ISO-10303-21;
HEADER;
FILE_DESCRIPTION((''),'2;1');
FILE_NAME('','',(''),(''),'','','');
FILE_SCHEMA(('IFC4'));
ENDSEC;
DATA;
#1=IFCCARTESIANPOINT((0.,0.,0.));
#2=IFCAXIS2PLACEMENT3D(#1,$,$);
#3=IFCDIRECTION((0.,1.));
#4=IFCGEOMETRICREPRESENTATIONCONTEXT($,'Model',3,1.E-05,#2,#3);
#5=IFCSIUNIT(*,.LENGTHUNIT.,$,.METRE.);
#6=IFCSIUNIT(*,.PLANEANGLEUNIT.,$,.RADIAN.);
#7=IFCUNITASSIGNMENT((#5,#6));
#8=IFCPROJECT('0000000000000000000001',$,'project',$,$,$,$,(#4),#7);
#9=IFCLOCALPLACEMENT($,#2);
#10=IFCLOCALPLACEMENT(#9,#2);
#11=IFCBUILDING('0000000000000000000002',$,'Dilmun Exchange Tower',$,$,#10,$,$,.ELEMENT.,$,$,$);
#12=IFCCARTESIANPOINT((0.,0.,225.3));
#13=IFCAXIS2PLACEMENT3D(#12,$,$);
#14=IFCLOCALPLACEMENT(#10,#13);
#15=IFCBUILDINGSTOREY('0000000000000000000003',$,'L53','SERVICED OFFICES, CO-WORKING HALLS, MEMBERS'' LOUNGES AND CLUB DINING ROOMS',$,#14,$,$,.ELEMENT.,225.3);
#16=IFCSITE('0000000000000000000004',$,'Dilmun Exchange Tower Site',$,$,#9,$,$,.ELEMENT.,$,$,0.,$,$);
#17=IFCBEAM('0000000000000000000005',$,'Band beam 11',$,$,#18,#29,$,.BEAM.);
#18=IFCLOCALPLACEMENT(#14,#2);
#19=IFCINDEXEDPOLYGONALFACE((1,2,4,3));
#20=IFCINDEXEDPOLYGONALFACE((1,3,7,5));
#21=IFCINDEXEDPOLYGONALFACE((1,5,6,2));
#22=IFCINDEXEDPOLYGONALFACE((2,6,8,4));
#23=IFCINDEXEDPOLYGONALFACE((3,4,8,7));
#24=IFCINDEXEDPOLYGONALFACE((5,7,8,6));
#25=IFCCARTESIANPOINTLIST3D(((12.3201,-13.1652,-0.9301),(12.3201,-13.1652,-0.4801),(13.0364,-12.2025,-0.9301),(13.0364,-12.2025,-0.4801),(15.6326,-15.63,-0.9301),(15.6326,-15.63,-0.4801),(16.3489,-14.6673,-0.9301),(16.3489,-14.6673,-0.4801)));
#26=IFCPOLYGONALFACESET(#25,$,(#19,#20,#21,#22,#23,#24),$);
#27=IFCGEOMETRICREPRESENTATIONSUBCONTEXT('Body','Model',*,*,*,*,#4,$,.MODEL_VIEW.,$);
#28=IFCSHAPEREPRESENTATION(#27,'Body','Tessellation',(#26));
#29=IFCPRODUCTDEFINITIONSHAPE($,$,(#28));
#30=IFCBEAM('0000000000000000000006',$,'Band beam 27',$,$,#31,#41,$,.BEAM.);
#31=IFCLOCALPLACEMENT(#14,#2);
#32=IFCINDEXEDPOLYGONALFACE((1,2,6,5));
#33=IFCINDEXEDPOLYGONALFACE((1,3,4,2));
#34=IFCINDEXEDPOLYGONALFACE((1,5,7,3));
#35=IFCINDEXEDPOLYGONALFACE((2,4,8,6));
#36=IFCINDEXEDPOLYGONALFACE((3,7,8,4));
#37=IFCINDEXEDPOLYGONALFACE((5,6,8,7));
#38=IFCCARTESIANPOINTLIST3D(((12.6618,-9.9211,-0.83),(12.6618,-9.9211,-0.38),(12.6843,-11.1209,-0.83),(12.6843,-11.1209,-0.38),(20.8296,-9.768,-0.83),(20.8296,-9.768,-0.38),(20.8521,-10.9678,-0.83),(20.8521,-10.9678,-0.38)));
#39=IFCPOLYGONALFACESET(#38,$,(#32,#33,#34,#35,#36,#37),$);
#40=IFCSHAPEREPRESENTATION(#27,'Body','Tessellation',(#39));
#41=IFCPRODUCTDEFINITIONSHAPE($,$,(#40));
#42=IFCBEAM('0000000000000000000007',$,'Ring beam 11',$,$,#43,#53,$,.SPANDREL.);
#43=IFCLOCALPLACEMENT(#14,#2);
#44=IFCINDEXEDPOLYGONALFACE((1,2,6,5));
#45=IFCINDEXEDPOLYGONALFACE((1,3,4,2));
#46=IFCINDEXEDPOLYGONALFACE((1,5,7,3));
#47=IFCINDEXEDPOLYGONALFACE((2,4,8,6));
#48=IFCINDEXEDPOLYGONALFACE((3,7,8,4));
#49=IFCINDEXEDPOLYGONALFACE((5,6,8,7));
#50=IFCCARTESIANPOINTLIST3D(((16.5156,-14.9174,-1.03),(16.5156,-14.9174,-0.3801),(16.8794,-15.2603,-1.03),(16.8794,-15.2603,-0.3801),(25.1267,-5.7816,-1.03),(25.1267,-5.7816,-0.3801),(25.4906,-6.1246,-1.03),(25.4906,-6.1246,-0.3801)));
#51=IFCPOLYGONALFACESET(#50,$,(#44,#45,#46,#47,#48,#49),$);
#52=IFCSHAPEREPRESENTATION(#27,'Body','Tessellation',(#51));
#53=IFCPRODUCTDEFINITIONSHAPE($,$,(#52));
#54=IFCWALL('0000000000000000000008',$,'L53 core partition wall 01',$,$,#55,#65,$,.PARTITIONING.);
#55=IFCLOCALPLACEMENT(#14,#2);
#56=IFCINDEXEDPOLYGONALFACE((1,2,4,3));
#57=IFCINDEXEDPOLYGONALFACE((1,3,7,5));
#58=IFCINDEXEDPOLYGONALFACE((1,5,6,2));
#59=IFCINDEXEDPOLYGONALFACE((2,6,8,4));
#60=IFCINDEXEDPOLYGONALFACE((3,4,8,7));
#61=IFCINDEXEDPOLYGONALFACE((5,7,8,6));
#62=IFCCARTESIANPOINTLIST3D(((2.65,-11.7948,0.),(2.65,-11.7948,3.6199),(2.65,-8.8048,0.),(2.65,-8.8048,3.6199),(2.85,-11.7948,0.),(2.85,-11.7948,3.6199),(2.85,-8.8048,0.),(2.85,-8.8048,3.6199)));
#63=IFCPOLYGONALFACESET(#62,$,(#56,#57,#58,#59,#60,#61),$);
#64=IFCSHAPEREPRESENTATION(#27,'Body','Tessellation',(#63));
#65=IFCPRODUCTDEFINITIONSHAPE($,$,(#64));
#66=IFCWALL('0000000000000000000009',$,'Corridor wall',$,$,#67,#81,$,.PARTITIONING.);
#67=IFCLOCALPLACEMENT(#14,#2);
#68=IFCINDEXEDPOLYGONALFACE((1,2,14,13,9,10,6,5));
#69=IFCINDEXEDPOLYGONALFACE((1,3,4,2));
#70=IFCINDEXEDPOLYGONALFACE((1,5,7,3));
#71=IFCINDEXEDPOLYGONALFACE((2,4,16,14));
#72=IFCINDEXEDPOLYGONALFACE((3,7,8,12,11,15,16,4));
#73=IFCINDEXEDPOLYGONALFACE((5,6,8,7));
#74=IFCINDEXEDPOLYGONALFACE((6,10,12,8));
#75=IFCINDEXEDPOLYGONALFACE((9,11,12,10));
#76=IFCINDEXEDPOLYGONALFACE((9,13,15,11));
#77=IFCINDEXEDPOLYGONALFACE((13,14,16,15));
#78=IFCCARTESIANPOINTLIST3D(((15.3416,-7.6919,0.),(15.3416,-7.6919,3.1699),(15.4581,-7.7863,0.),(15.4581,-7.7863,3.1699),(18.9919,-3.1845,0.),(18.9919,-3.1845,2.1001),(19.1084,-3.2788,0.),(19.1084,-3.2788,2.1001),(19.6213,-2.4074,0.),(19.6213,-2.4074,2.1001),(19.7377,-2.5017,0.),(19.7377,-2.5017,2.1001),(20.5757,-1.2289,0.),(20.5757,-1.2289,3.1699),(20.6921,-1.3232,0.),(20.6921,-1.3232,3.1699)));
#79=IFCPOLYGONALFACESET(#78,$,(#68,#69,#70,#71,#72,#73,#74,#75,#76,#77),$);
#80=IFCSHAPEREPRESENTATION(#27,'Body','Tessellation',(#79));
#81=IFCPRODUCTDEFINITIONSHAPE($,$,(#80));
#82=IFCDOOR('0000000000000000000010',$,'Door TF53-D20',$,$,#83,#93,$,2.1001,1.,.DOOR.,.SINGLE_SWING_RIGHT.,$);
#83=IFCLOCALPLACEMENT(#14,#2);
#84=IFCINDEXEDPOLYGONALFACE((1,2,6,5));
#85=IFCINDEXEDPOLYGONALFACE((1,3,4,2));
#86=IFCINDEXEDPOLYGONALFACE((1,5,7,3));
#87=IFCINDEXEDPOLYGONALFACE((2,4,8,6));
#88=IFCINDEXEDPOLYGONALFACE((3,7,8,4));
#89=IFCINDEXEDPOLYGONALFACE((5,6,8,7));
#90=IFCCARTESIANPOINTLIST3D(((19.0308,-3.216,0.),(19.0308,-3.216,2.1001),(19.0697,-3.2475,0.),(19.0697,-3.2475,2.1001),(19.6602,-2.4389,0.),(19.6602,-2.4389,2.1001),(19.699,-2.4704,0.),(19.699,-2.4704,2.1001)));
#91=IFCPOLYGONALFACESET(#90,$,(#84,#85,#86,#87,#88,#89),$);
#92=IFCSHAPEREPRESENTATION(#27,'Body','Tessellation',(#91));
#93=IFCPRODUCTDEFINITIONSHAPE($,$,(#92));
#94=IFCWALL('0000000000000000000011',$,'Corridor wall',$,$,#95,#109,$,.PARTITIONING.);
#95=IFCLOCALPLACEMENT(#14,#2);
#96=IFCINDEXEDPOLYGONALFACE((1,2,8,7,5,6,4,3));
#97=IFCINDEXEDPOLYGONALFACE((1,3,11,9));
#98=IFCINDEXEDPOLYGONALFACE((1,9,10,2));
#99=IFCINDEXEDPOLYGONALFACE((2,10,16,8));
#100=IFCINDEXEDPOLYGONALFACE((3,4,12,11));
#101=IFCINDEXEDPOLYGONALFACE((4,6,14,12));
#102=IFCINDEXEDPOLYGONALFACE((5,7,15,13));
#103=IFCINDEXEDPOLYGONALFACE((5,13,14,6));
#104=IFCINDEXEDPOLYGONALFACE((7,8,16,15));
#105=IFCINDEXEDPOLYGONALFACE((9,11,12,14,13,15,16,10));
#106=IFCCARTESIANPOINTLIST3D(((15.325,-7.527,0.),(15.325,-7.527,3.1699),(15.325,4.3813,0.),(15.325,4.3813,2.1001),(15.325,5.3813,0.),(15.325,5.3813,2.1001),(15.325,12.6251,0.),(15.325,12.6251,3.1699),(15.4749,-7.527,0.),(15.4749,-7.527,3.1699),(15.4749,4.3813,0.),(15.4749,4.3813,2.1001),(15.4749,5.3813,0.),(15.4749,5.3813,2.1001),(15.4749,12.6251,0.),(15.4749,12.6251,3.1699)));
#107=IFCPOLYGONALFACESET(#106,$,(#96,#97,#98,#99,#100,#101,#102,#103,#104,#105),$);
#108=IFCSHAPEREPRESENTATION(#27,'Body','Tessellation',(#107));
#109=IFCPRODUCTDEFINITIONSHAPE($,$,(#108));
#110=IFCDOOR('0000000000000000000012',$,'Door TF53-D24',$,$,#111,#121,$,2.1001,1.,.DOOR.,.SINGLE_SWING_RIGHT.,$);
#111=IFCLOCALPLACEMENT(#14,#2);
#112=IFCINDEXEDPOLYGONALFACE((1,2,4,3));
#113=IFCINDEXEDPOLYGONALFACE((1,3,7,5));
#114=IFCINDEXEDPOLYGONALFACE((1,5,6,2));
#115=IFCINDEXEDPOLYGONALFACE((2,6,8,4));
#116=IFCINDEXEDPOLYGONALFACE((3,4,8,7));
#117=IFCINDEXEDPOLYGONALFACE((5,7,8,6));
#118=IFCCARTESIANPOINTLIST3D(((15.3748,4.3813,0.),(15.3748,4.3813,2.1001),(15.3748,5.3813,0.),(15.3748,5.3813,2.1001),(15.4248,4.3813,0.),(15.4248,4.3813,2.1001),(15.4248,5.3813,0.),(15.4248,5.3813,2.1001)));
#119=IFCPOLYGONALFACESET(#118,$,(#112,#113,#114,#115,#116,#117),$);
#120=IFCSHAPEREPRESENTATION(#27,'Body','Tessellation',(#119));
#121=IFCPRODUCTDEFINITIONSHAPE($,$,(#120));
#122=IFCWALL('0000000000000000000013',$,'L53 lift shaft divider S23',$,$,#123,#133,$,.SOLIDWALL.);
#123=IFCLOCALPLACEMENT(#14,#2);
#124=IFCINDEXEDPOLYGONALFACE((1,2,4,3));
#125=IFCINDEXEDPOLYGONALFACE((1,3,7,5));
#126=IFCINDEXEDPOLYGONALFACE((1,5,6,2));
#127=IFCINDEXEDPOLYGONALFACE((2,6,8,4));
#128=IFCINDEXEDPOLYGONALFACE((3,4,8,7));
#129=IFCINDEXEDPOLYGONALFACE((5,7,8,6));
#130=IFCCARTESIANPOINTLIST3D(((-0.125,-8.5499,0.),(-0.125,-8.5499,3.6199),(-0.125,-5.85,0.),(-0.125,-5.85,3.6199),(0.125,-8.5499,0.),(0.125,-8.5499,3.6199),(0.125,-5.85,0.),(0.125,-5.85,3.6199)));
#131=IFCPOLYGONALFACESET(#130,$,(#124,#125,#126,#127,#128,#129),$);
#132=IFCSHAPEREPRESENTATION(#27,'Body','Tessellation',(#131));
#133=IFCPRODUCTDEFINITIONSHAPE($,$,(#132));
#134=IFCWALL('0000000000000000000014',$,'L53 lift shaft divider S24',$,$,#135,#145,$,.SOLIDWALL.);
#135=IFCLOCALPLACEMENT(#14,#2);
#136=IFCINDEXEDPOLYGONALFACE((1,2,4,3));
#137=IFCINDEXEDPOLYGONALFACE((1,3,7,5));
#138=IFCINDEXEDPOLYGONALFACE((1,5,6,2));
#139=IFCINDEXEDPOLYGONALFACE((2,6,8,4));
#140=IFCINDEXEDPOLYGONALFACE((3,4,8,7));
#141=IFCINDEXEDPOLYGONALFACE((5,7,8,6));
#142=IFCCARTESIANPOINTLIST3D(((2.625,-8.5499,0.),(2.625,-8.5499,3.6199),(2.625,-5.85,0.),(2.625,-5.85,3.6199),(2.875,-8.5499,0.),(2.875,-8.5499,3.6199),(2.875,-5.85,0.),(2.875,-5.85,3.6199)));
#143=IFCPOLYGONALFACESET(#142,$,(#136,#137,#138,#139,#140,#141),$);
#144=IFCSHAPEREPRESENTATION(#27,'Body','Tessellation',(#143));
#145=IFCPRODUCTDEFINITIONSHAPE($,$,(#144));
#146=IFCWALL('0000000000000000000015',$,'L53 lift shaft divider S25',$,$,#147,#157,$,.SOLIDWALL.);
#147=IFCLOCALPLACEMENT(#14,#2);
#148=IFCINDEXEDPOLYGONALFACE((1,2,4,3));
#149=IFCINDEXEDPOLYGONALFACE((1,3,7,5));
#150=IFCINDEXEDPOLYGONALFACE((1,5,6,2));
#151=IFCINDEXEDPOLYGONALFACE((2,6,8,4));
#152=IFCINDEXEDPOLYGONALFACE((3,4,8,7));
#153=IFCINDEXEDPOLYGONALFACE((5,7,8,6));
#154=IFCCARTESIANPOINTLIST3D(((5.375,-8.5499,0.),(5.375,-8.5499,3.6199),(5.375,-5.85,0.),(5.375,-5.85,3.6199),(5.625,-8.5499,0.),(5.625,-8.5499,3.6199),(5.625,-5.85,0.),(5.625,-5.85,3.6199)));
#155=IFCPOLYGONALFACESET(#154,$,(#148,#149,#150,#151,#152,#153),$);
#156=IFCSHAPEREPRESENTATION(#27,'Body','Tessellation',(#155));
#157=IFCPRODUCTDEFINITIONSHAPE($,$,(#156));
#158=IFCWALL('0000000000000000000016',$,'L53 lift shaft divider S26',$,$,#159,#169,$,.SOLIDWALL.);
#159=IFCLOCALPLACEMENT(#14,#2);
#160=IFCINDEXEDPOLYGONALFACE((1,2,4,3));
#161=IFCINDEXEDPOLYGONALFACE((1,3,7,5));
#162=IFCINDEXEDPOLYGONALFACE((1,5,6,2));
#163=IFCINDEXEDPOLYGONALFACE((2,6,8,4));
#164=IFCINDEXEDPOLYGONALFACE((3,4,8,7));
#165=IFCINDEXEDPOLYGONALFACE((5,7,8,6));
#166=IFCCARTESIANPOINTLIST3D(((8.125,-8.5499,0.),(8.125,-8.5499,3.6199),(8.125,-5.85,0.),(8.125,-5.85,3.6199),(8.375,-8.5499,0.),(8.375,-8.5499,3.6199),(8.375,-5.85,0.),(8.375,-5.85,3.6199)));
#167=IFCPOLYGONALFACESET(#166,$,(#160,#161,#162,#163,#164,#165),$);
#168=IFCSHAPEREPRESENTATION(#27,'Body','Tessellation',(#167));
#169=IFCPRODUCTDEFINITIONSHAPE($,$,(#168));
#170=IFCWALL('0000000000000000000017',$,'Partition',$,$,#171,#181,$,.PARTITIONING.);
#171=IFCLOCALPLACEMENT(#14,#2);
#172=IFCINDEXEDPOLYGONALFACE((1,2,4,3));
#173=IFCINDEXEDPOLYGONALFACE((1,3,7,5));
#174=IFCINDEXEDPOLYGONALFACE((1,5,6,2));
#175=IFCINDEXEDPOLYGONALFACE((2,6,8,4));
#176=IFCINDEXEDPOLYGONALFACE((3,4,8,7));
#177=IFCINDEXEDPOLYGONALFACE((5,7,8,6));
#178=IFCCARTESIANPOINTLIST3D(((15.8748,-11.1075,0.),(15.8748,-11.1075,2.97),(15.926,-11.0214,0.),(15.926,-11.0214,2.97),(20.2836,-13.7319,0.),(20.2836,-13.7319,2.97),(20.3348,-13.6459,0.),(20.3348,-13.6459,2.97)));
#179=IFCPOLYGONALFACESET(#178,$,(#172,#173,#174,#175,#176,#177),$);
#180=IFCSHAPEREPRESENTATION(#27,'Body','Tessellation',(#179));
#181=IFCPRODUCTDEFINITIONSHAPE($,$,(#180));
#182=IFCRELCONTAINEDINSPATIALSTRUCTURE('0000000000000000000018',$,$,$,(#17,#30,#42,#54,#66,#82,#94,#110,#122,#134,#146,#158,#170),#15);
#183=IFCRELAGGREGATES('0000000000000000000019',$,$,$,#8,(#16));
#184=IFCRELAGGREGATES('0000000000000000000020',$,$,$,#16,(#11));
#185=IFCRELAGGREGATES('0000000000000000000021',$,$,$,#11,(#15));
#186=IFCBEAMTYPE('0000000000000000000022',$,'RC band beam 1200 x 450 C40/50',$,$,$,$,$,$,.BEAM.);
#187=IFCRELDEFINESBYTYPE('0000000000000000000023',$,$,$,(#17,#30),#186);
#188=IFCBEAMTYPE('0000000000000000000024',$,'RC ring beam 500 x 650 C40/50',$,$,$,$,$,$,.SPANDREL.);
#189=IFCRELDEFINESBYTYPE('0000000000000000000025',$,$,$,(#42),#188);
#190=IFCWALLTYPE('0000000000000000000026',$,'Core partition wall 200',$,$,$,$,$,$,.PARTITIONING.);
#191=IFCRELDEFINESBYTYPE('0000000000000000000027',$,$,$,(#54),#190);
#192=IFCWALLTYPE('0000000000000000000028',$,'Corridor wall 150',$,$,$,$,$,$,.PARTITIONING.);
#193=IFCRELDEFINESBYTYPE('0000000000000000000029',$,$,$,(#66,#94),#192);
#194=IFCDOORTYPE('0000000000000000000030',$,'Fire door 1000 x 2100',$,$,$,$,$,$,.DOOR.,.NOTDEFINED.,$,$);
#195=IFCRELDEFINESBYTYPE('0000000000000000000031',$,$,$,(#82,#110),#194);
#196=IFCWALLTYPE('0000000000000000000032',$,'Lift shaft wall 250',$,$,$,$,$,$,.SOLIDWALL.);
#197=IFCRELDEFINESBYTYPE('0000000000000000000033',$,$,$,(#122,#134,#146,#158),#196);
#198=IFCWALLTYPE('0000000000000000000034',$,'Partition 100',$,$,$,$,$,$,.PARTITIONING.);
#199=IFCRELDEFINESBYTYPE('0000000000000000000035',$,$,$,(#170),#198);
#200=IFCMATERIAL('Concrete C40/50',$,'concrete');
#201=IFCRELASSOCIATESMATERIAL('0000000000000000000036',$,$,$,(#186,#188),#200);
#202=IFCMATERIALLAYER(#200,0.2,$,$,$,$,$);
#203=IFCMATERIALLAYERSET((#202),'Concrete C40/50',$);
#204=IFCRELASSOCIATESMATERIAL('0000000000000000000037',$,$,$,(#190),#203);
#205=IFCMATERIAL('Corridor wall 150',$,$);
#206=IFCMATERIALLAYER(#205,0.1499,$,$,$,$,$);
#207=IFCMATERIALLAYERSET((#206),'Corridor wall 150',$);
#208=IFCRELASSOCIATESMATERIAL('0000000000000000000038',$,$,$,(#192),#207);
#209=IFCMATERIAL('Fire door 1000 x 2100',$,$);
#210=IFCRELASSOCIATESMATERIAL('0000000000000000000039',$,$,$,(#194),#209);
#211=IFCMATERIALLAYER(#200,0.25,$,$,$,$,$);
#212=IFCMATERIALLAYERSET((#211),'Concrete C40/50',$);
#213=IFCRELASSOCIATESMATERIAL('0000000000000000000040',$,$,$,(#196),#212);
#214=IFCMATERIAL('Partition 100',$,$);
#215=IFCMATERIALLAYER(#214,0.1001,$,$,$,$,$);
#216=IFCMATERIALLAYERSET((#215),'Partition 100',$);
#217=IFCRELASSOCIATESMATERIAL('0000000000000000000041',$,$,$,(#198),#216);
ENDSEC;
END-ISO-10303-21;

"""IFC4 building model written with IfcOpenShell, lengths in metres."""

from ifc_helpers import new_model, si_unit, direction, frame, frame_2d, origin, origin_2d, place, context, subcontext, project, spatial, rectangle, extrude, material, layer, layer_set, material_profile, profile_set, type_object, element, fill, save


model = new_model("IFC4")

# Units and contexts
model_context = context("Model", 3, precision=1e-05, world=origin(), true_north=direction((0.0, 1.0)))
body_context = subcontext(model_context, "Body", "Model", "MODEL_VIEW")
ifc_project = project(units=[si_unit("LENGTHUNIT", "METRE"), si_unit("PLANEANGLEUNIT", "RADIAN")], contexts=[model_context])

# Site, building, storey
site_placement = place(None, origin())
site = spatial("IfcSite", under=ifc_project, at=site_placement, Name="Dilmun Exchange Tower Site", CompositionType="ELEMENT", RefElevation=0.0)
building_placement = place(site_placement, origin())
building = spatial("IfcBuilding", under=site, at=building_placement, Name="Dilmun Exchange Tower", CompositionType="ELEMENT")
storey_placement = place(building_placement, frame((0.0, 0.0, 225.3)))
storey = spatial("IfcBuildingStorey", under=building, at=storey_placement, Name="L53", Description="SERVICED OFFICES, CO-WORKING HALLS, MEMBERS' LOUNGES AND CLUB DINING ROOMS", CompositionType="ELEMENT", Elevation=225.3)

# Beams
ifc_material_1 = material(Name="Concrete C40/50", Category="concrete")
ifc_material_profile_1 = material_profile(ifc_material_1, rectangle(XDim=1.2, YDim=0.45, at=origin_2d()), Name="1200 x 450")
ifc_profile_set_1 = profile_set([ifc_material_profile_1], Name="Concrete C40/50")
beam_type_1 = type_object("IfcBeamType", Name="RC band beam 1200 x 450 C40/50", PredefinedType="BEAM", material=ifc_profile_set_1)
beam_1_placement = place(storey_placement, frame((15.9907, -15.1487, -0.7051), z_axis=(-0.802265, 0.596968, 0.0), x_axis=(-0.596968, -0.802265, 0.0)))
element("IfcBeam", 1, at=beam_1_placement, inside=storey, type_object=beam_type_1, Name="Band beam 11", PredefinedType="BEAM", context=body_context, shape_type="SweptSolid", body=[
    extrude(rectangle(XDim=1.2, YDim=0.45, at=origin_2d()), origin(), (0.0, 0.0, 1.0), 4.1289),
])
beam_2_placement = place(storey_placement, frame((20.8408, -10.3679, -0.605), z_axis=(-0.999824, -0.018738, 0.0), x_axis=(0.018738, -0.999824, 0.0)))
element("IfcBeam", 2, at=beam_2_placement, inside=storey, type_object=beam_type_1, Name="Band beam 27", PredefinedType="BEAM", context=body_context, shape_type="SweptSolid", body=[
    extrude(rectangle(XDim=1.2, YDim=0.45, at=origin_2d()), origin(), (0.0, 0.0, 1.0), 8.1692),
])
ifc_material_profile_2 = material_profile(ifc_material_1, rectangle(XDim=0.5, YDim=0.6499, at=origin_2d()), Name="500 x 650")
ifc_profile_set_2 = profile_set([ifc_material_profile_2], Name="Concrete C40/50")
beam_type_2 = type_object("IfcBeamType", Name="RC ring beam 500 x 650 C40/50", PredefinedType="SPANDREL", material=ifc_profile_set_2)
beam_3_placement = place(storey_placement, frame((16.6975, -15.0889, -0.7051), z_axis=(0.685903, 0.727693, 0.0), x_axis=(-0.727693, 0.685903, 0.0)))
element("IfcBeam", 3, at=beam_3_placement, inside=storey, type_object=beam_type_2, Name="Ring beam 11", PredefinedType="SPANDREL", context=body_context, shape_type="SweptSolid", body=[
    extrude(rectangle(XDim=0.5, YDim=0.6499, at=origin_2d()), origin(), (0.0, 0.0, 1.0), 12.5544),
])

# Wall
ifc_layer_1 = layer(ifc_material_1, 0.2)
ifc_layer_set_1 = layer_set([ifc_layer_1], Name="Concrete C40/50")
wall_type_1 = type_object("IfcWallType", Name="Core partition wall 200", PredefinedType="PARTITIONING", material=ifc_layer_set_1)
wall_1_placement = place(storey_placement, frame((2.75, -11.7949, 0.0), z_axis=(0.0, 0.0, 1.0), x_axis=(0.0, 1.0, 0.0)))
element("IfcWall", 4, at=wall_1_placement, inside=storey, type_object=wall_type_1, Name="L53 core partition wall 01", PredefinedType="PARTITIONING", context=body_context, shape_type="SweptSolid", body=[
    extrude(rectangle(XDim=2.99, YDim=0.2, at=frame_2d((1.4951, 0.0))), origin(), (0.0, 0.0, 1.0), 3.6199),
])

# Walls, openings, doors
ifc_material_2 = material(Name="Corridor wall 150")
ifc_layer_2 = layer(ifc_material_2, 0.1499)
ifc_layer_set_2 = layer_set([ifc_layer_2], Name="Corridor wall 150")
wall_type_2 = type_object("IfcWallType", Name="Corridor wall 150", PredefinedType="PARTITIONING", material=ifc_layer_set_2)
wall_2_placement = place(storey_placement, frame((15.3999, -7.739, 0.0), z_axis=(0.0, 0.0, 1.0), x_axis=(0.629349, 0.777123, 0.0)))
wall_2 = element("IfcWall", 5, at=wall_2_placement, inside=storey, type_object=wall_type_2, Name="Corridor wall", PredefinedType="PARTITIONING", context=body_context, shape_type="SweptSolid", body=[
    extrude(rectangle(XDim=8.3167, YDim=0.1499, at=frame_2d((4.1582, 0.0))), origin(), (0.0, 0.0, 1.0), 3.1699),
])
opening_1_placement = place(wall_2_placement, frame((5.8, 0.0, 0.0)))
opening_1 = element("IfcOpeningElement", 6, at=opening_1_placement, cuts=wall_2, PredefinedType="OPENING", context=body_context, shape_type="SweptSolid", body=[
    extrude(rectangle(XDim=1.0, YDim=2.1001, at=frame_2d((0.5, 1.05))), frame((0.0, 0.085, 0.0), z_axis=(0.0, -1.0, 0.0), x_axis=(1.0, 0.0, 0.0)), (0.0, 0.0, 1.0), 0.1699),
])
ifc_material_3 = material(Name="Fire door 1000 x 2100")
door_type_1 = type_object("IfcDoorType", Name="Fire door 1000 x 2100", OperationType="NOTDEFINED", PredefinedType="DOOR", material=ifc_material_3)
door_1_placement = place(opening_1_placement, origin())
door_1 = element("IfcDoor", 7, at=door_1_placement, inside=storey, type_object=door_type_1, Name="Door TF53-D20", OperationType="SINGLE_SWING_RIGHT", OverallHeight=2.1001, OverallWidth=1.0, PredefinedType="DOOR", context=body_context, shape_type="SweptSolid", body=[
    extrude(rectangle(XDim=1.0, YDim=2.1001, at=frame_2d((0.5, 1.05))), frame((0.0, 0.0249, 0.0), z_axis=(0.0, -1.0, 0.0), x_axis=(1.0, 0.0, 0.0)), (0.0, 0.0, 1.0), 0.05),
])
fill(opening_1, door_1)
wall_3_placement = place(storey_placement, frame((15.3999, -7.5271, 0.0), z_axis=(0.0, 0.0, 1.0), x_axis=(0.0, 1.0, 0.0)))
wall_3 = element("IfcWall", 8, at=wall_3_placement, inside=storey, type_object=wall_type_2, Name="Corridor wall", PredefinedType="PARTITIONING", context=body_context, shape_type="SweptSolid", body=[
    extrude(rectangle(XDim=20.1521, YDim=0.1499, at=frame_2d((10.0762, 0.0))), origin(), (0.0, 0.0, 1.0), 3.1699),
])
opening_2_placement = place(wall_3_placement, frame((11.9084, 0.0, 0.0)))
opening_2 = element("IfcOpeningElement", 9, at=opening_2_placement, cuts=wall_3, PredefinedType="OPENING", context=body_context, shape_type="SweptSolid", body=[
    extrude(rectangle(XDim=1.0, YDim=2.1001, at=frame_2d((0.5, 1.05))), frame((0.0, 0.085, 0.0), z_axis=(0.0, -1.0, 0.0), x_axis=(1.0, 0.0, 0.0)), (0.0, 0.0, 1.0), 0.1699),
])
door_2_placement = place(opening_2_placement, frame((1.0, 0.0, 0.0), z_axis=(0.0, 0.0, 1.0), x_axis=(-1.0, 0.0, 0.0)))
door_2 = element("IfcDoor", 10, at=door_2_placement, inside=storey, type_object=door_type_1, Name="Door TF53-D24", OperationType="SINGLE_SWING_RIGHT", OverallHeight=2.1001, OverallWidth=1.0, PredefinedType="DOOR", context=body_context, shape_type="SweptSolid", body=[
    extrude(rectangle(XDim=1.0, YDim=2.1001, at=frame_2d((0.5, 1.05))), frame((0.0, 0.0249, 0.0), z_axis=(0.0, -1.0, 0.0), x_axis=(1.0, 0.0, 0.0)), (0.0, 0.0, 1.0), 0.05),
])
fill(opening_2, door_2)

# Walls
ifc_layer_3 = layer(ifc_material_1, 0.25)
ifc_layer_set_3 = layer_set([ifc_layer_3], Name="Concrete C40/50")
wall_type_3 = type_object("IfcWallType", Name="Lift shaft wall 250", PredefinedType="SOLIDWALL", material=ifc_layer_set_3)
for number, where, z_axis, x_axis, name in (
    (11, (0.0, -8.55, 0.0), (0.0, 0.0, 1.0), (0.0, 1.0, 0.0), "L53 lift shaft divider S23"),
    (12, (2.75, -8.55, 0.0), (0.0, 0.0, 1.0), (0.0, 1.0, 0.0), "L53 lift shaft divider S24"),
    (13, (5.5, -8.55, 0.0), (0.0, 0.0, 1.0), (0.0, 1.0, 0.0), "L53 lift shaft divider S25"),
    (14, (8.25, -8.55, 0.0), (0.0, 0.0, 1.0), (0.0, 1.0, 0.0), "L53 lift shaft divider S26"),
):
    element("IfcWall", number, at=place(storey_placement, frame(where, z_axis=z_axis, x_axis=x_axis)), inside=storey, type_object=wall_type_3, Name=name, PredefinedType="SOLIDWALL", context=body_context, shape_type="SweptSolid", body=[
        extrude(rectangle(XDim=2.7, YDim=0.25, at=frame_2d((1.3501, 0.0))), origin(), (0.0, 0.0, 1.0), 3.6199),
    ])
ifc_material_4 = material(Name="Partition 100")
ifc_layer_4 = layer(ifc_material_4, 0.1001)
ifc_layer_set_4 = layer_set([ifc_layer_4], Name="Partition 100")
wall_type_4 = type_object("IfcWallType", Name="Partition 100", PredefinedType="PARTITIONING", material=ifc_layer_set_4)
wall_4_placement = place(storey_placement, frame((15.9004, -11.0645, 0.0), z_axis=(0.0, 0.0, 1.0), x_axis=(0.85928, -0.511505, 0.0)))
element("IfcWall", 15, at=wall_4_placement, inside=storey, type_object=wall_type_4, Name="Partition", PredefinedType="PARTITIONING", context=body_context, shape_type="SweptSolid", body=[
    extrude(rectangle(XDim=5.1309, YDim=0.1001, at=frame_2d((2.5654, 0.0))), origin(), (0.0, 0.0, 1.0), 2.97),
])

save(model, "model.ifc")
